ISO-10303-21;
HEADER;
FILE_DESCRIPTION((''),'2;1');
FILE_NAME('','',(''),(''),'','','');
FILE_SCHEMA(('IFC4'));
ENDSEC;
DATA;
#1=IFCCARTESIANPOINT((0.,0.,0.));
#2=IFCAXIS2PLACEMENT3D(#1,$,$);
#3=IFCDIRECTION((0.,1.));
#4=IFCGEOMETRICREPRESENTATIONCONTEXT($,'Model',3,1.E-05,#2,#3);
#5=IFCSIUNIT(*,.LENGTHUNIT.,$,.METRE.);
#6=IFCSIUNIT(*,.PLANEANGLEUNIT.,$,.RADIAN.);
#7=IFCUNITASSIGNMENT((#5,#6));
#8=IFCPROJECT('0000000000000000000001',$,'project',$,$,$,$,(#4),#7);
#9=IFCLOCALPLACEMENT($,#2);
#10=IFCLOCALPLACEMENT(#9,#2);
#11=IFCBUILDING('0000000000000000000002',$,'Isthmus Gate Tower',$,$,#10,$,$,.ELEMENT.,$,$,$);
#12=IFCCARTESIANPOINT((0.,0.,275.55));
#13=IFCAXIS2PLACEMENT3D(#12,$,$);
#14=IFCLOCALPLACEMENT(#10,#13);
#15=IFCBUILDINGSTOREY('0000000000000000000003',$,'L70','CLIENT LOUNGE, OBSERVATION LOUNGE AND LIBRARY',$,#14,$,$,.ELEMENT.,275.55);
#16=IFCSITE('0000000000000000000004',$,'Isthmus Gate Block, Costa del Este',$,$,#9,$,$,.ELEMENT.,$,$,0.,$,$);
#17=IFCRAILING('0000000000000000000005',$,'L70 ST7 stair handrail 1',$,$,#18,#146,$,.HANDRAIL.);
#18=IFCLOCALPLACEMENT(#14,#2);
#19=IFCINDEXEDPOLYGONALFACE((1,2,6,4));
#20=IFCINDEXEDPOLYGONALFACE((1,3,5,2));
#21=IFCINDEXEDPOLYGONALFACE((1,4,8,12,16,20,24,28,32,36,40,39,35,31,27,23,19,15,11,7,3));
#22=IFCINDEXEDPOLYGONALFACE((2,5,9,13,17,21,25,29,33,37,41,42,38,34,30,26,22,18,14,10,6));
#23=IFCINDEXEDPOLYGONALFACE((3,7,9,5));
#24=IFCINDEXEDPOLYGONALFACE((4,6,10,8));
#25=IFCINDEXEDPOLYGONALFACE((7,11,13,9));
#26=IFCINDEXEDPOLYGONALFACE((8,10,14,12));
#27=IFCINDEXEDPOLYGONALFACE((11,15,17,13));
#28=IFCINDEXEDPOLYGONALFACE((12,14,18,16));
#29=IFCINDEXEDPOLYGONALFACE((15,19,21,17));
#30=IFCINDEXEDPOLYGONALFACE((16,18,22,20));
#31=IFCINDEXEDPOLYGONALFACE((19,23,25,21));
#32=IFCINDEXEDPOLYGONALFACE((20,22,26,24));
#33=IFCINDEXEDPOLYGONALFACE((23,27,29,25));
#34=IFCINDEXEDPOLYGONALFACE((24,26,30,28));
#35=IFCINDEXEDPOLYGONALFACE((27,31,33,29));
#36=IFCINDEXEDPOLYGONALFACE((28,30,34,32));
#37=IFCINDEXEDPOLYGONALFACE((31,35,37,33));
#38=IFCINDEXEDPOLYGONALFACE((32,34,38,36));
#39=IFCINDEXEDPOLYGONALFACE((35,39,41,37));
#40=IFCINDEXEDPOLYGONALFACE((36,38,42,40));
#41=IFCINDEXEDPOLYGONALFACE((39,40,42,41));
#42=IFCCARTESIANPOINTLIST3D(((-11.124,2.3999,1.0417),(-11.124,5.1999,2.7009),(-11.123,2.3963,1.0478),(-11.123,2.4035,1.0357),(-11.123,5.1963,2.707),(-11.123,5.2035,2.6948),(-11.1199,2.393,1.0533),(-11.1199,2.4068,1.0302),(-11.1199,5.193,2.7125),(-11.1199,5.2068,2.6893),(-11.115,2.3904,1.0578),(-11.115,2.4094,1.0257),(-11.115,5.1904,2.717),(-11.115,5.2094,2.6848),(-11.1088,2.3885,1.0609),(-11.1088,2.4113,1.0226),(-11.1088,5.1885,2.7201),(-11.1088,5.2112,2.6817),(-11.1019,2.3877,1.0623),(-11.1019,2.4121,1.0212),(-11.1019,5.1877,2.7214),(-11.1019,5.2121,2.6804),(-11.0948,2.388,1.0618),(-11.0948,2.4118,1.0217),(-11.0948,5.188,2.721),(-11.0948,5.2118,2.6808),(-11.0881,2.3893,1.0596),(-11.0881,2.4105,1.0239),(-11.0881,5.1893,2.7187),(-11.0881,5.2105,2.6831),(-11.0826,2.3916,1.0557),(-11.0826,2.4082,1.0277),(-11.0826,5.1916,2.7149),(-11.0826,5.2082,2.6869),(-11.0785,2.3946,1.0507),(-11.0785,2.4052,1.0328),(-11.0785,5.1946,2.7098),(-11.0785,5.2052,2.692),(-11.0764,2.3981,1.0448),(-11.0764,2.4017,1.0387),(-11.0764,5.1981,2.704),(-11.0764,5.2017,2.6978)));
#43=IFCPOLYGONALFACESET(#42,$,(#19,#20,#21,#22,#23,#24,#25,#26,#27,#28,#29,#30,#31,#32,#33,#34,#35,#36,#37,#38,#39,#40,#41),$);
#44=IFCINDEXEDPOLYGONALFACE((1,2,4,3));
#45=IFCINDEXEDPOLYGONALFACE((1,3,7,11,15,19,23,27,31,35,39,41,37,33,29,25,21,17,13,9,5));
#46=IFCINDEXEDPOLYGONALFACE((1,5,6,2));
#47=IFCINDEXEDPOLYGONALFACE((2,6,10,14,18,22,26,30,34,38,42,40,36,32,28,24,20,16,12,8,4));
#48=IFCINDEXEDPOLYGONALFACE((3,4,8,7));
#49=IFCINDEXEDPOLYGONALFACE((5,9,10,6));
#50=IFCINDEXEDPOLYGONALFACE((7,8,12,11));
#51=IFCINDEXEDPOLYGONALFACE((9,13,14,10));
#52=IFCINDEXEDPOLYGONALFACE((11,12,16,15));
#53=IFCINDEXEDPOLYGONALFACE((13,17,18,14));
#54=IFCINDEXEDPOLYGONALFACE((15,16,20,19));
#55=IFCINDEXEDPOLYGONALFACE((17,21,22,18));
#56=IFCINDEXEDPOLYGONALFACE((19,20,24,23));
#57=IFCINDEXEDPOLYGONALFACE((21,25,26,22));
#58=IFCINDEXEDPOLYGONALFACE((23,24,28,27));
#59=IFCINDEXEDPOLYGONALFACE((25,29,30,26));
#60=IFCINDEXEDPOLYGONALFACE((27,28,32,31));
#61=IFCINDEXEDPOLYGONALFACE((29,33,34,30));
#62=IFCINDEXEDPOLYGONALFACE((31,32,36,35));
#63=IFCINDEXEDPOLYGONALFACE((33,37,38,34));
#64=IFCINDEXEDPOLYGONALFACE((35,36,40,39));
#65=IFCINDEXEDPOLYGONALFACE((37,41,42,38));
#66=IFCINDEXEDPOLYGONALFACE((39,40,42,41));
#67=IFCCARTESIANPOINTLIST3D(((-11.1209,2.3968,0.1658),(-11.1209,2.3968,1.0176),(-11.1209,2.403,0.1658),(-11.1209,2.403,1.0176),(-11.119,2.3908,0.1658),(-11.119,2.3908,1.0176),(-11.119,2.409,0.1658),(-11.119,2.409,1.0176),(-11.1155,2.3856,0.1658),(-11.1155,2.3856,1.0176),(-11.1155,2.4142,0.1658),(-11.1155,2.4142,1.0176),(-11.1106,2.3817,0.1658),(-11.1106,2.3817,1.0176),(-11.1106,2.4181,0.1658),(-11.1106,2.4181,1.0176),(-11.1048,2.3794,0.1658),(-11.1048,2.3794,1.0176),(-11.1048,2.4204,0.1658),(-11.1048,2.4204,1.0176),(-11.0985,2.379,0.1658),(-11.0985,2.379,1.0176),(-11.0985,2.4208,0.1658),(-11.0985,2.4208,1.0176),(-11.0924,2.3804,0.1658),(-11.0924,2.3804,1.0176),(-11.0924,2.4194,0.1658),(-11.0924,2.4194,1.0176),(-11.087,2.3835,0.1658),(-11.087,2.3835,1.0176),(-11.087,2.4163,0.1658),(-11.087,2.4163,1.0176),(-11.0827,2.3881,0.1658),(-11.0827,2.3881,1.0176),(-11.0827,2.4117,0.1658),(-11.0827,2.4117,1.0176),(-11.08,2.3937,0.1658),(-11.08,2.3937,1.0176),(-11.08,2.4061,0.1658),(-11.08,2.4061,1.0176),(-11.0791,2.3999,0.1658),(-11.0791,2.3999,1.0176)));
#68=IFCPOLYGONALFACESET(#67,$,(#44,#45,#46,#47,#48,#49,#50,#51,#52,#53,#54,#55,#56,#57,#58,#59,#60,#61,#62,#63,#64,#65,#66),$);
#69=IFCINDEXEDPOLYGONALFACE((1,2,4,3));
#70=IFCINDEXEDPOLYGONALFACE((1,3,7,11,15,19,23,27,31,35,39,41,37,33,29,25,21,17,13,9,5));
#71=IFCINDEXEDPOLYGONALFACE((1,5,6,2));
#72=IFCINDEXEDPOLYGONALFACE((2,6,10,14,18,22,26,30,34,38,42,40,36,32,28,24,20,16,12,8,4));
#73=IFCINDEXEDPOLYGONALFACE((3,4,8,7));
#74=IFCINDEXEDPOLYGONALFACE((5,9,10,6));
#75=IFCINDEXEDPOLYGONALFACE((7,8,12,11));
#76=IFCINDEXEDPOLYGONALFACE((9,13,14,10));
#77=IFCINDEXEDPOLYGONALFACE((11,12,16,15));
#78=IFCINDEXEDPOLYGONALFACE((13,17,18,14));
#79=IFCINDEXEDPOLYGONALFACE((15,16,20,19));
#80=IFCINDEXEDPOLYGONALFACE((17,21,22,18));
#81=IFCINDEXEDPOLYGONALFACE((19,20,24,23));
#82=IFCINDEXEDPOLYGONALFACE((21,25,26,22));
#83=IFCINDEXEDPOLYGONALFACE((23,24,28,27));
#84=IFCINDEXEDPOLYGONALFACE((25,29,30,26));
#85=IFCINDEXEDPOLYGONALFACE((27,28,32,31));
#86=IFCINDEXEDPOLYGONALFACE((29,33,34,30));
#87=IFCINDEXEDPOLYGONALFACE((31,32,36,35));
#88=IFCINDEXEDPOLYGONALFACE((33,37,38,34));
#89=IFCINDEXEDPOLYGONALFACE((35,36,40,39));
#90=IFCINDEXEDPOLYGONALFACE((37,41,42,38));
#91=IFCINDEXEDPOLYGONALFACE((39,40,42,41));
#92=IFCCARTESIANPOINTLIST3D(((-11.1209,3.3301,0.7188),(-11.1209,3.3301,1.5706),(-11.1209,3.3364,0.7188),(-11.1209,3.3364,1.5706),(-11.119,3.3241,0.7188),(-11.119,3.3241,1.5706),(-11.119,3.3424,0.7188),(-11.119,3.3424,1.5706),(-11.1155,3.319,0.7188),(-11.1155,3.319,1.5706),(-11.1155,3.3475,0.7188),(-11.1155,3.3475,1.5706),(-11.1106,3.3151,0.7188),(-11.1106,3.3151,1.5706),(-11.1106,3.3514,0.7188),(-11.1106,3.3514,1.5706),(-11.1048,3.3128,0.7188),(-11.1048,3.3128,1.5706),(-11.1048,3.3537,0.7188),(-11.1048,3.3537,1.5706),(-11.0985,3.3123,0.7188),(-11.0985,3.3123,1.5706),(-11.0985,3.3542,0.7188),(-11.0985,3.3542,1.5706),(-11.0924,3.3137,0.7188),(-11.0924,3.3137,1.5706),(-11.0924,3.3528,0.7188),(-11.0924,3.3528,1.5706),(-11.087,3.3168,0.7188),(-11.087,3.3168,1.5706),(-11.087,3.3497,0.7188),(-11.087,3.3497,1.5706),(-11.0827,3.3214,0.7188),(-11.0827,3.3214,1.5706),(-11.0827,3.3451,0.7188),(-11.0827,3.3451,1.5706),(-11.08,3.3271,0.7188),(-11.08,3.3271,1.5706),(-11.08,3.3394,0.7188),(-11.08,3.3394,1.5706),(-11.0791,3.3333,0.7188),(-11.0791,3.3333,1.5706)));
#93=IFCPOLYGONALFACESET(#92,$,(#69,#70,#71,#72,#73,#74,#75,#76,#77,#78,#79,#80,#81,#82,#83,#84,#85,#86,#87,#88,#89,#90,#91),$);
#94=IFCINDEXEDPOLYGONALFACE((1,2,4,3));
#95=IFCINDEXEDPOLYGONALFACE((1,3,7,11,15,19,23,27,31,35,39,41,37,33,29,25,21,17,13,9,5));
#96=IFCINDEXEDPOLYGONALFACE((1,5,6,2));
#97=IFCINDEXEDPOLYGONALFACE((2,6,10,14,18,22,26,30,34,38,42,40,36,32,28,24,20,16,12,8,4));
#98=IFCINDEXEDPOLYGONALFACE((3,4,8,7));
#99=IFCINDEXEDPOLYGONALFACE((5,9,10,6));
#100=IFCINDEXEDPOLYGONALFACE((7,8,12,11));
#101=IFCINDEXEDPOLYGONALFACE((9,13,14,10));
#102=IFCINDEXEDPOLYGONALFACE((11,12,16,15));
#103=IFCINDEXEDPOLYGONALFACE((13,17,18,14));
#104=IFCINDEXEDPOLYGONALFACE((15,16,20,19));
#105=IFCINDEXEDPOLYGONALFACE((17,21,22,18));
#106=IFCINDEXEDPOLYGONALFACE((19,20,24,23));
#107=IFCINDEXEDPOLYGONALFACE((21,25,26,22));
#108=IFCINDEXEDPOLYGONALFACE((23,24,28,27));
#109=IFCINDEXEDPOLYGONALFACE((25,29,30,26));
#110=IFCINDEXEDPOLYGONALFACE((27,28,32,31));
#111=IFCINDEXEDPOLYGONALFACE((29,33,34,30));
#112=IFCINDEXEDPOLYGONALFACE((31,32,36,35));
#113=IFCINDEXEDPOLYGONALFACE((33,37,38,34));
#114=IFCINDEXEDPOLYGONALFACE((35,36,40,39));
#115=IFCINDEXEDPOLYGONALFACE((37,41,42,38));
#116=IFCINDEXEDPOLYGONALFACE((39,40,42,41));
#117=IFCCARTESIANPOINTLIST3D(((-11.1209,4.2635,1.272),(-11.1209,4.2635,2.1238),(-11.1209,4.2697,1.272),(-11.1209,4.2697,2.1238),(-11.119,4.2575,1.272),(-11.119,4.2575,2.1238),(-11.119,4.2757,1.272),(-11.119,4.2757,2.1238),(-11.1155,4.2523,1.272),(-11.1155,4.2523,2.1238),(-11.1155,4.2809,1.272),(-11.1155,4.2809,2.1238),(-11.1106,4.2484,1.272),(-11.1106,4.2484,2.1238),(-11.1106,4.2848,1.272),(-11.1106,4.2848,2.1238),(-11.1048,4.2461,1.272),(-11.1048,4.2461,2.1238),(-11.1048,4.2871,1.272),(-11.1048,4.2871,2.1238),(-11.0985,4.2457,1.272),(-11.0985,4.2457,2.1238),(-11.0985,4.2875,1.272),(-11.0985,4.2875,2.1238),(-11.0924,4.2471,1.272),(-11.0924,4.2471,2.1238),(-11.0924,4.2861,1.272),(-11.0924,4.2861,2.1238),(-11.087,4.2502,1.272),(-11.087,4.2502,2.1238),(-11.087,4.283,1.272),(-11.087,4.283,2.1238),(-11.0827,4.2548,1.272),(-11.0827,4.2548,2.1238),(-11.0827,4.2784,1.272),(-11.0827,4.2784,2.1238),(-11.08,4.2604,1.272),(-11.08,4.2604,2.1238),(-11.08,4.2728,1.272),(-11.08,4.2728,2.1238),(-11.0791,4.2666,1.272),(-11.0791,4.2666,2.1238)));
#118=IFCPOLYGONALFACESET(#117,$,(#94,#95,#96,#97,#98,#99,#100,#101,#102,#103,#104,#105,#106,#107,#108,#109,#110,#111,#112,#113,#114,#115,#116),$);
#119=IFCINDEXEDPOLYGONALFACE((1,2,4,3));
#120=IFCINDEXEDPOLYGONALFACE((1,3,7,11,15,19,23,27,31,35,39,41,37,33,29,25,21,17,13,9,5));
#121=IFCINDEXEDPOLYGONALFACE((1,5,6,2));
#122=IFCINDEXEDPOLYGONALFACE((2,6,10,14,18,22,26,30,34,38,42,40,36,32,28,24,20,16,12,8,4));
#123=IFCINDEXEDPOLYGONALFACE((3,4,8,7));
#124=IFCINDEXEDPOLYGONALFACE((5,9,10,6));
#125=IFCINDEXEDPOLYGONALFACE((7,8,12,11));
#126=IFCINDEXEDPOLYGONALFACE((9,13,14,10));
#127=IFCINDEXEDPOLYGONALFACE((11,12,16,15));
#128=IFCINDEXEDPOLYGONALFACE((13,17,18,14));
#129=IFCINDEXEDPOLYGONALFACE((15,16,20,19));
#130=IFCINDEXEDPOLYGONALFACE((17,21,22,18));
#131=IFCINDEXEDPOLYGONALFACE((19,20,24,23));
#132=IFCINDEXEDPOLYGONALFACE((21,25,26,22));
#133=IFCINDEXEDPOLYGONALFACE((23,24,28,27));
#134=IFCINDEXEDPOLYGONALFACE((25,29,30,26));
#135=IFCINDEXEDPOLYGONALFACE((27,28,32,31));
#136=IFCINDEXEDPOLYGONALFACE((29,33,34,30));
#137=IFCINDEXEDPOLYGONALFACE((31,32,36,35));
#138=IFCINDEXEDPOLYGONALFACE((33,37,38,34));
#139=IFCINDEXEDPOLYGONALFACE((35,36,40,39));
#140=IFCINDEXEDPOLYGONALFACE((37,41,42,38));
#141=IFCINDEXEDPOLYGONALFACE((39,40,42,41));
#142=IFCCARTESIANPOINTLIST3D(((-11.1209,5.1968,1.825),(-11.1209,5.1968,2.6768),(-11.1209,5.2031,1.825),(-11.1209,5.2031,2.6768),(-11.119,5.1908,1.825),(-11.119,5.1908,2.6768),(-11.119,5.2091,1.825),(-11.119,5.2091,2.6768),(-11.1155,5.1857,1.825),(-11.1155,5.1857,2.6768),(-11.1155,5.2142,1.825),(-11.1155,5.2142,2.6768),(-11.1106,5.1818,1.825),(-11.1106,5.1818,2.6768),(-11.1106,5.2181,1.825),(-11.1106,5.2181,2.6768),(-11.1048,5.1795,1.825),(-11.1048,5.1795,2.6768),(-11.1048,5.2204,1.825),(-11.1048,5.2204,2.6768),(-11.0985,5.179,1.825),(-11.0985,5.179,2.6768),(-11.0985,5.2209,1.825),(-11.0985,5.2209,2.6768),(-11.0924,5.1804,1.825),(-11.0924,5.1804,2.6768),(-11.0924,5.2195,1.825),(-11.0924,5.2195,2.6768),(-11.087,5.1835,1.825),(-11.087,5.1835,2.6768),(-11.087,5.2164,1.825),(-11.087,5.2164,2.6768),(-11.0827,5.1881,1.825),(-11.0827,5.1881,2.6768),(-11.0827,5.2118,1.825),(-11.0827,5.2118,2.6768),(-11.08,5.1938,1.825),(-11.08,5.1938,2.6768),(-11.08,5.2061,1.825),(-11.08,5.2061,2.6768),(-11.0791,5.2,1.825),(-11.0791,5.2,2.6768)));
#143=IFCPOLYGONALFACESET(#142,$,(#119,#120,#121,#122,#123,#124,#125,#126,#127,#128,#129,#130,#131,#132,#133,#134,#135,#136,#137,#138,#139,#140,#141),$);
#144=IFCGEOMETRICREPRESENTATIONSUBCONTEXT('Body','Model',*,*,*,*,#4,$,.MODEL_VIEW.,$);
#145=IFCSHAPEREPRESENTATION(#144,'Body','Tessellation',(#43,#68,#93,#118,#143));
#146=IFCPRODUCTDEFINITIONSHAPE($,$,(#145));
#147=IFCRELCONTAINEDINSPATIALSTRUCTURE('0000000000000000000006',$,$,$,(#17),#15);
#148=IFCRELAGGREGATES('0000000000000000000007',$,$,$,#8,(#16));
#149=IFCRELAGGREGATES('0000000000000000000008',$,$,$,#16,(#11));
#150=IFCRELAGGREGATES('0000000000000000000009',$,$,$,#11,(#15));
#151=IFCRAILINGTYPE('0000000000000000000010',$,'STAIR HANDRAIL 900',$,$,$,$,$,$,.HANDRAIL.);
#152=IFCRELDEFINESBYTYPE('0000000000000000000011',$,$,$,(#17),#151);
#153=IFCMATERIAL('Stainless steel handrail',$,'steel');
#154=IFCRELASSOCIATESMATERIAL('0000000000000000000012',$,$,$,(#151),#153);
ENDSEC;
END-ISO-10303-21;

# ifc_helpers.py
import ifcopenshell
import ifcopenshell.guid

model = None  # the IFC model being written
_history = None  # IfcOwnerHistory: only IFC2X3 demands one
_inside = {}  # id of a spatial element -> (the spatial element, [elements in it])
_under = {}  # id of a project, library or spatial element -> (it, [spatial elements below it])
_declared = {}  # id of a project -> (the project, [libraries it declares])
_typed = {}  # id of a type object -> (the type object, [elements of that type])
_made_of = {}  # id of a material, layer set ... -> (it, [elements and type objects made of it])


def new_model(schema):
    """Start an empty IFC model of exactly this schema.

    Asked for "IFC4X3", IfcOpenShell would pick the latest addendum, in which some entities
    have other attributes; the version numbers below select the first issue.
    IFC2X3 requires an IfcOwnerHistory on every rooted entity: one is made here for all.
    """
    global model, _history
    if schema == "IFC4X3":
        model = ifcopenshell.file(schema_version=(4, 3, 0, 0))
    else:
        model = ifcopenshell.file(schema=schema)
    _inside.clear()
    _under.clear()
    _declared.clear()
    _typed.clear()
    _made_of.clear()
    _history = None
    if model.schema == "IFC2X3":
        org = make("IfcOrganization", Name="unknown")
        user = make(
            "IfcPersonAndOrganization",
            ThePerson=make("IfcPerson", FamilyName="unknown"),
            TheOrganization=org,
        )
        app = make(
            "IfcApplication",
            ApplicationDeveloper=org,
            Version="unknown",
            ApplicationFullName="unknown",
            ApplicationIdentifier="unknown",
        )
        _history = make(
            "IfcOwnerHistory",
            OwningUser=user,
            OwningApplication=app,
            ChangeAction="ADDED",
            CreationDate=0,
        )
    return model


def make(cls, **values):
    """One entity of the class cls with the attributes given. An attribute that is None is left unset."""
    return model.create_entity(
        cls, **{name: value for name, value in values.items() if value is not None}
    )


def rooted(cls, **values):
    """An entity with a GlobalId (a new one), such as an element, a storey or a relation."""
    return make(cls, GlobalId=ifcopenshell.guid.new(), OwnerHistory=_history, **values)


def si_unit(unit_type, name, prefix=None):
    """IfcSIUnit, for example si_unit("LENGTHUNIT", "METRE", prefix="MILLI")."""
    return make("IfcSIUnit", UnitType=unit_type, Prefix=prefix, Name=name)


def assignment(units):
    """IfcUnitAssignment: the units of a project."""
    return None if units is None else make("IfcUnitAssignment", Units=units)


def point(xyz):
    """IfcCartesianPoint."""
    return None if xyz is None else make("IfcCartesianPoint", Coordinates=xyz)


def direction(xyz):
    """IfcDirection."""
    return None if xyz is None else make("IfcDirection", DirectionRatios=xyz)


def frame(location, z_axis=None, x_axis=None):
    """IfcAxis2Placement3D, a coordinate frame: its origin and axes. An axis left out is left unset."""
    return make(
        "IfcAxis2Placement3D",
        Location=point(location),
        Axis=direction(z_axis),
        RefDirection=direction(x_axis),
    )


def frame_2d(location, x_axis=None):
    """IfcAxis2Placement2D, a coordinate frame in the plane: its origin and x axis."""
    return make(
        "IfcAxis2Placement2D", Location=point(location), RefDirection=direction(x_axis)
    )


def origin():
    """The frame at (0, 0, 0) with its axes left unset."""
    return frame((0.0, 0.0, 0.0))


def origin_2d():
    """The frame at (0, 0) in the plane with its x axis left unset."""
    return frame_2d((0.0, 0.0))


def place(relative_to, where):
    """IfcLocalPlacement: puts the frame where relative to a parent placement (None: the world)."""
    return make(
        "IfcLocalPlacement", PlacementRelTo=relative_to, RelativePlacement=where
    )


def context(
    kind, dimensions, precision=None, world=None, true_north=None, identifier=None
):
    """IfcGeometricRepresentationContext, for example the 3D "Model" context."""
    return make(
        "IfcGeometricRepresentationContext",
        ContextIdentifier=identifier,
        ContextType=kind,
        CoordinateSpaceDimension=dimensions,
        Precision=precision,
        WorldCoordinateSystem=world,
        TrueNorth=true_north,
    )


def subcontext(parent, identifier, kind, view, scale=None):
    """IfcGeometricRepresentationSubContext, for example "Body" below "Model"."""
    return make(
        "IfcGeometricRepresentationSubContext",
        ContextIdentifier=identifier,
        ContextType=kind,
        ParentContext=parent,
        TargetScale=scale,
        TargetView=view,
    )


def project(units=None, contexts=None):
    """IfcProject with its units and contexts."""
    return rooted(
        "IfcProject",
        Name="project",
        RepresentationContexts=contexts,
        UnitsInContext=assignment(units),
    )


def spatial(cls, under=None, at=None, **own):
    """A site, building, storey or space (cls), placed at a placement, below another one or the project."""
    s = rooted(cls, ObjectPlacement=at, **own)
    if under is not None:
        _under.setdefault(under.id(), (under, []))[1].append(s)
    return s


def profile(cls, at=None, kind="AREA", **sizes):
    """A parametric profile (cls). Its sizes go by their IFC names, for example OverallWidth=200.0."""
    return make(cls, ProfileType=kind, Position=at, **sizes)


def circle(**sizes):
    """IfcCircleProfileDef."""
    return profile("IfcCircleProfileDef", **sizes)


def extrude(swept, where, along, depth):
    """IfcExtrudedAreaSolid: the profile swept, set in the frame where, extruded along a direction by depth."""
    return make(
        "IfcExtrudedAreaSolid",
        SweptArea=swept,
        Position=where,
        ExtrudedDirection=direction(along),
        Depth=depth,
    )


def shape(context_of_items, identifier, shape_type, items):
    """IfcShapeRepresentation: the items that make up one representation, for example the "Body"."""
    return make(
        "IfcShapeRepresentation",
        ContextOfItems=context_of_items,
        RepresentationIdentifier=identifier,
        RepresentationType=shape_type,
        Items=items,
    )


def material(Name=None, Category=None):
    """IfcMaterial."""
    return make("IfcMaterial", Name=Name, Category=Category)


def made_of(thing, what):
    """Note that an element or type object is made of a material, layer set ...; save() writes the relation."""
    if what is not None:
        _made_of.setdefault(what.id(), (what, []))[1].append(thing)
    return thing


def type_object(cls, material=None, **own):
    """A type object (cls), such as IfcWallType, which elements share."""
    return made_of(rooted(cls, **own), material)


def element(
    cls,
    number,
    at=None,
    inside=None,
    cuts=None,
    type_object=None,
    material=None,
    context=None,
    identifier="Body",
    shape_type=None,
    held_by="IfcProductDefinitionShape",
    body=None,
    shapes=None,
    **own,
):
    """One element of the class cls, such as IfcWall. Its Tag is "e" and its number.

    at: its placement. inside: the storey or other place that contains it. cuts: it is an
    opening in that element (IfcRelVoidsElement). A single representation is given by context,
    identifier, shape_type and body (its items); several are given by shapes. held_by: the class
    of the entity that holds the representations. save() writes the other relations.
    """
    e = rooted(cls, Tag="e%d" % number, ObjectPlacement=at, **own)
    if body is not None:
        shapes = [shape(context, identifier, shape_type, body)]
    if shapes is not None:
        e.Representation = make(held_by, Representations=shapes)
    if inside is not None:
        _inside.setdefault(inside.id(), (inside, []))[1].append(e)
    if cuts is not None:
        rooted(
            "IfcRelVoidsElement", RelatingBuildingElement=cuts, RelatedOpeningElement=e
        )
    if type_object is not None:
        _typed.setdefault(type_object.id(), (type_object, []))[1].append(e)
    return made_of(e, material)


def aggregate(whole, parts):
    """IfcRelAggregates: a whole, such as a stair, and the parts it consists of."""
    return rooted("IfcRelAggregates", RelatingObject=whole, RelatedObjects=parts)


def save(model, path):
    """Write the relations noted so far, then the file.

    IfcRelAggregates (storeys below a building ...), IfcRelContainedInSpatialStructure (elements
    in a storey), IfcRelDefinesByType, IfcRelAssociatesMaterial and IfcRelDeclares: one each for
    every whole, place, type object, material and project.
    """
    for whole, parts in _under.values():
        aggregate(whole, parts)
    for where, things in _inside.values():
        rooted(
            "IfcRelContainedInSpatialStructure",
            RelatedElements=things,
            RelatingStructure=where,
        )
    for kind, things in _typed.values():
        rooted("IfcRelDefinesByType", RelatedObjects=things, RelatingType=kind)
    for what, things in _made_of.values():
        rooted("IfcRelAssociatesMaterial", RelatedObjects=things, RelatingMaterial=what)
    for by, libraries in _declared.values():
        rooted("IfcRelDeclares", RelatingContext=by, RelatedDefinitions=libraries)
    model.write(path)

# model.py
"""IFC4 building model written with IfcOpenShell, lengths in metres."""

from ifc_helpers import new_model, si_unit, direction, frame, origin, origin_2d, place, context, subcontext, project, spatial, circle, extrude, material, type_object, element, save


model = new_model("IFC4")

# Units and contexts
model_context = context("Model", 3, precision=1e-05, world=origin(), true_north=direction((0.0, 1.0)))
body_context = subcontext(model_context, "Body", "Model", "MODEL_VIEW")
ifc_project = project(units=[si_unit("LENGTHUNIT", "METRE"), si_unit("PLANEANGLEUNIT", "RADIAN")], contexts=[model_context])

# Site, building, storey
site_placement = place(None, origin())
site = spatial("IfcSite", under=ifc_project, at=site_placement, Name="Isthmus Gate Block, Costa del Este", CompositionType="ELEMENT", RefElevation=0.0)
building_placement = place(site_placement, origin())
building = spatial("IfcBuilding", under=site, at=building_placement, Name="Isthmus Gate Tower", CompositionType="ELEMENT")
storey_placement = place(building_placement, frame((0.0, 0.0, 275.55)))
storey = spatial("IfcBuildingStorey", under=building, at=storey_placement, Name="L70", Description="CLIENT LOUNGE, OBSERVATION LOUNGE AND LIBRARY", CompositionType="ELEMENT", Elevation=275.55)

# Railing
ifc_material_1 = material(Name="Stainless steel handrail", Category="steel")
railing_type_1 = type_object("IfcRailingType", Name="STAIR HANDRAIL 900", PredefinedType="HANDRAIL", material=ifc_material_1)
railing_1_placement = place(storey_placement, frame((-11.1001, 2.3999, 0.1658)))
element("IfcRailing", 1, at=railing_1_placement, inside=storey, type_object=railing_type_1, Name="L70 ST7 stair handrail 1", PredefinedType="HANDRAIL", context=body_context, shape_type="SweptSolid", body=[
    extrude(circle(Radius=0.0239, at=origin_2d()), frame((0.0, 0.0, 0.876), z_axis=(0.0, 0.860306, 0.509778), x_axis=(-1.0, 0.0, 0.0)), (0.0, 0.0, 1.0), 3.2546),
    extrude(circle(Radius=0.021, at=origin_2d()), origin(), (0.0, 0.0, 1.0), 0.8518),
    extrude(circle(Radius=0.021, at=origin_2d()), frame((0.0, 0.9333, 0.553)), (0.0, 0.0, 1.0), 0.8518),
    extrude(circle(Radius=0.021, at=origin_2d()), frame((0.0, 1.8667, 1.1062)), (0.0, 0.0, 1.0), 0.8518),
    extrude(circle(Radius=0.021, at=origin_2d()), frame((0.0, 2.8, 1.6592)), (0.0, 0.0, 1.0), 0.8518),
])

save(model, "model.ifc")
